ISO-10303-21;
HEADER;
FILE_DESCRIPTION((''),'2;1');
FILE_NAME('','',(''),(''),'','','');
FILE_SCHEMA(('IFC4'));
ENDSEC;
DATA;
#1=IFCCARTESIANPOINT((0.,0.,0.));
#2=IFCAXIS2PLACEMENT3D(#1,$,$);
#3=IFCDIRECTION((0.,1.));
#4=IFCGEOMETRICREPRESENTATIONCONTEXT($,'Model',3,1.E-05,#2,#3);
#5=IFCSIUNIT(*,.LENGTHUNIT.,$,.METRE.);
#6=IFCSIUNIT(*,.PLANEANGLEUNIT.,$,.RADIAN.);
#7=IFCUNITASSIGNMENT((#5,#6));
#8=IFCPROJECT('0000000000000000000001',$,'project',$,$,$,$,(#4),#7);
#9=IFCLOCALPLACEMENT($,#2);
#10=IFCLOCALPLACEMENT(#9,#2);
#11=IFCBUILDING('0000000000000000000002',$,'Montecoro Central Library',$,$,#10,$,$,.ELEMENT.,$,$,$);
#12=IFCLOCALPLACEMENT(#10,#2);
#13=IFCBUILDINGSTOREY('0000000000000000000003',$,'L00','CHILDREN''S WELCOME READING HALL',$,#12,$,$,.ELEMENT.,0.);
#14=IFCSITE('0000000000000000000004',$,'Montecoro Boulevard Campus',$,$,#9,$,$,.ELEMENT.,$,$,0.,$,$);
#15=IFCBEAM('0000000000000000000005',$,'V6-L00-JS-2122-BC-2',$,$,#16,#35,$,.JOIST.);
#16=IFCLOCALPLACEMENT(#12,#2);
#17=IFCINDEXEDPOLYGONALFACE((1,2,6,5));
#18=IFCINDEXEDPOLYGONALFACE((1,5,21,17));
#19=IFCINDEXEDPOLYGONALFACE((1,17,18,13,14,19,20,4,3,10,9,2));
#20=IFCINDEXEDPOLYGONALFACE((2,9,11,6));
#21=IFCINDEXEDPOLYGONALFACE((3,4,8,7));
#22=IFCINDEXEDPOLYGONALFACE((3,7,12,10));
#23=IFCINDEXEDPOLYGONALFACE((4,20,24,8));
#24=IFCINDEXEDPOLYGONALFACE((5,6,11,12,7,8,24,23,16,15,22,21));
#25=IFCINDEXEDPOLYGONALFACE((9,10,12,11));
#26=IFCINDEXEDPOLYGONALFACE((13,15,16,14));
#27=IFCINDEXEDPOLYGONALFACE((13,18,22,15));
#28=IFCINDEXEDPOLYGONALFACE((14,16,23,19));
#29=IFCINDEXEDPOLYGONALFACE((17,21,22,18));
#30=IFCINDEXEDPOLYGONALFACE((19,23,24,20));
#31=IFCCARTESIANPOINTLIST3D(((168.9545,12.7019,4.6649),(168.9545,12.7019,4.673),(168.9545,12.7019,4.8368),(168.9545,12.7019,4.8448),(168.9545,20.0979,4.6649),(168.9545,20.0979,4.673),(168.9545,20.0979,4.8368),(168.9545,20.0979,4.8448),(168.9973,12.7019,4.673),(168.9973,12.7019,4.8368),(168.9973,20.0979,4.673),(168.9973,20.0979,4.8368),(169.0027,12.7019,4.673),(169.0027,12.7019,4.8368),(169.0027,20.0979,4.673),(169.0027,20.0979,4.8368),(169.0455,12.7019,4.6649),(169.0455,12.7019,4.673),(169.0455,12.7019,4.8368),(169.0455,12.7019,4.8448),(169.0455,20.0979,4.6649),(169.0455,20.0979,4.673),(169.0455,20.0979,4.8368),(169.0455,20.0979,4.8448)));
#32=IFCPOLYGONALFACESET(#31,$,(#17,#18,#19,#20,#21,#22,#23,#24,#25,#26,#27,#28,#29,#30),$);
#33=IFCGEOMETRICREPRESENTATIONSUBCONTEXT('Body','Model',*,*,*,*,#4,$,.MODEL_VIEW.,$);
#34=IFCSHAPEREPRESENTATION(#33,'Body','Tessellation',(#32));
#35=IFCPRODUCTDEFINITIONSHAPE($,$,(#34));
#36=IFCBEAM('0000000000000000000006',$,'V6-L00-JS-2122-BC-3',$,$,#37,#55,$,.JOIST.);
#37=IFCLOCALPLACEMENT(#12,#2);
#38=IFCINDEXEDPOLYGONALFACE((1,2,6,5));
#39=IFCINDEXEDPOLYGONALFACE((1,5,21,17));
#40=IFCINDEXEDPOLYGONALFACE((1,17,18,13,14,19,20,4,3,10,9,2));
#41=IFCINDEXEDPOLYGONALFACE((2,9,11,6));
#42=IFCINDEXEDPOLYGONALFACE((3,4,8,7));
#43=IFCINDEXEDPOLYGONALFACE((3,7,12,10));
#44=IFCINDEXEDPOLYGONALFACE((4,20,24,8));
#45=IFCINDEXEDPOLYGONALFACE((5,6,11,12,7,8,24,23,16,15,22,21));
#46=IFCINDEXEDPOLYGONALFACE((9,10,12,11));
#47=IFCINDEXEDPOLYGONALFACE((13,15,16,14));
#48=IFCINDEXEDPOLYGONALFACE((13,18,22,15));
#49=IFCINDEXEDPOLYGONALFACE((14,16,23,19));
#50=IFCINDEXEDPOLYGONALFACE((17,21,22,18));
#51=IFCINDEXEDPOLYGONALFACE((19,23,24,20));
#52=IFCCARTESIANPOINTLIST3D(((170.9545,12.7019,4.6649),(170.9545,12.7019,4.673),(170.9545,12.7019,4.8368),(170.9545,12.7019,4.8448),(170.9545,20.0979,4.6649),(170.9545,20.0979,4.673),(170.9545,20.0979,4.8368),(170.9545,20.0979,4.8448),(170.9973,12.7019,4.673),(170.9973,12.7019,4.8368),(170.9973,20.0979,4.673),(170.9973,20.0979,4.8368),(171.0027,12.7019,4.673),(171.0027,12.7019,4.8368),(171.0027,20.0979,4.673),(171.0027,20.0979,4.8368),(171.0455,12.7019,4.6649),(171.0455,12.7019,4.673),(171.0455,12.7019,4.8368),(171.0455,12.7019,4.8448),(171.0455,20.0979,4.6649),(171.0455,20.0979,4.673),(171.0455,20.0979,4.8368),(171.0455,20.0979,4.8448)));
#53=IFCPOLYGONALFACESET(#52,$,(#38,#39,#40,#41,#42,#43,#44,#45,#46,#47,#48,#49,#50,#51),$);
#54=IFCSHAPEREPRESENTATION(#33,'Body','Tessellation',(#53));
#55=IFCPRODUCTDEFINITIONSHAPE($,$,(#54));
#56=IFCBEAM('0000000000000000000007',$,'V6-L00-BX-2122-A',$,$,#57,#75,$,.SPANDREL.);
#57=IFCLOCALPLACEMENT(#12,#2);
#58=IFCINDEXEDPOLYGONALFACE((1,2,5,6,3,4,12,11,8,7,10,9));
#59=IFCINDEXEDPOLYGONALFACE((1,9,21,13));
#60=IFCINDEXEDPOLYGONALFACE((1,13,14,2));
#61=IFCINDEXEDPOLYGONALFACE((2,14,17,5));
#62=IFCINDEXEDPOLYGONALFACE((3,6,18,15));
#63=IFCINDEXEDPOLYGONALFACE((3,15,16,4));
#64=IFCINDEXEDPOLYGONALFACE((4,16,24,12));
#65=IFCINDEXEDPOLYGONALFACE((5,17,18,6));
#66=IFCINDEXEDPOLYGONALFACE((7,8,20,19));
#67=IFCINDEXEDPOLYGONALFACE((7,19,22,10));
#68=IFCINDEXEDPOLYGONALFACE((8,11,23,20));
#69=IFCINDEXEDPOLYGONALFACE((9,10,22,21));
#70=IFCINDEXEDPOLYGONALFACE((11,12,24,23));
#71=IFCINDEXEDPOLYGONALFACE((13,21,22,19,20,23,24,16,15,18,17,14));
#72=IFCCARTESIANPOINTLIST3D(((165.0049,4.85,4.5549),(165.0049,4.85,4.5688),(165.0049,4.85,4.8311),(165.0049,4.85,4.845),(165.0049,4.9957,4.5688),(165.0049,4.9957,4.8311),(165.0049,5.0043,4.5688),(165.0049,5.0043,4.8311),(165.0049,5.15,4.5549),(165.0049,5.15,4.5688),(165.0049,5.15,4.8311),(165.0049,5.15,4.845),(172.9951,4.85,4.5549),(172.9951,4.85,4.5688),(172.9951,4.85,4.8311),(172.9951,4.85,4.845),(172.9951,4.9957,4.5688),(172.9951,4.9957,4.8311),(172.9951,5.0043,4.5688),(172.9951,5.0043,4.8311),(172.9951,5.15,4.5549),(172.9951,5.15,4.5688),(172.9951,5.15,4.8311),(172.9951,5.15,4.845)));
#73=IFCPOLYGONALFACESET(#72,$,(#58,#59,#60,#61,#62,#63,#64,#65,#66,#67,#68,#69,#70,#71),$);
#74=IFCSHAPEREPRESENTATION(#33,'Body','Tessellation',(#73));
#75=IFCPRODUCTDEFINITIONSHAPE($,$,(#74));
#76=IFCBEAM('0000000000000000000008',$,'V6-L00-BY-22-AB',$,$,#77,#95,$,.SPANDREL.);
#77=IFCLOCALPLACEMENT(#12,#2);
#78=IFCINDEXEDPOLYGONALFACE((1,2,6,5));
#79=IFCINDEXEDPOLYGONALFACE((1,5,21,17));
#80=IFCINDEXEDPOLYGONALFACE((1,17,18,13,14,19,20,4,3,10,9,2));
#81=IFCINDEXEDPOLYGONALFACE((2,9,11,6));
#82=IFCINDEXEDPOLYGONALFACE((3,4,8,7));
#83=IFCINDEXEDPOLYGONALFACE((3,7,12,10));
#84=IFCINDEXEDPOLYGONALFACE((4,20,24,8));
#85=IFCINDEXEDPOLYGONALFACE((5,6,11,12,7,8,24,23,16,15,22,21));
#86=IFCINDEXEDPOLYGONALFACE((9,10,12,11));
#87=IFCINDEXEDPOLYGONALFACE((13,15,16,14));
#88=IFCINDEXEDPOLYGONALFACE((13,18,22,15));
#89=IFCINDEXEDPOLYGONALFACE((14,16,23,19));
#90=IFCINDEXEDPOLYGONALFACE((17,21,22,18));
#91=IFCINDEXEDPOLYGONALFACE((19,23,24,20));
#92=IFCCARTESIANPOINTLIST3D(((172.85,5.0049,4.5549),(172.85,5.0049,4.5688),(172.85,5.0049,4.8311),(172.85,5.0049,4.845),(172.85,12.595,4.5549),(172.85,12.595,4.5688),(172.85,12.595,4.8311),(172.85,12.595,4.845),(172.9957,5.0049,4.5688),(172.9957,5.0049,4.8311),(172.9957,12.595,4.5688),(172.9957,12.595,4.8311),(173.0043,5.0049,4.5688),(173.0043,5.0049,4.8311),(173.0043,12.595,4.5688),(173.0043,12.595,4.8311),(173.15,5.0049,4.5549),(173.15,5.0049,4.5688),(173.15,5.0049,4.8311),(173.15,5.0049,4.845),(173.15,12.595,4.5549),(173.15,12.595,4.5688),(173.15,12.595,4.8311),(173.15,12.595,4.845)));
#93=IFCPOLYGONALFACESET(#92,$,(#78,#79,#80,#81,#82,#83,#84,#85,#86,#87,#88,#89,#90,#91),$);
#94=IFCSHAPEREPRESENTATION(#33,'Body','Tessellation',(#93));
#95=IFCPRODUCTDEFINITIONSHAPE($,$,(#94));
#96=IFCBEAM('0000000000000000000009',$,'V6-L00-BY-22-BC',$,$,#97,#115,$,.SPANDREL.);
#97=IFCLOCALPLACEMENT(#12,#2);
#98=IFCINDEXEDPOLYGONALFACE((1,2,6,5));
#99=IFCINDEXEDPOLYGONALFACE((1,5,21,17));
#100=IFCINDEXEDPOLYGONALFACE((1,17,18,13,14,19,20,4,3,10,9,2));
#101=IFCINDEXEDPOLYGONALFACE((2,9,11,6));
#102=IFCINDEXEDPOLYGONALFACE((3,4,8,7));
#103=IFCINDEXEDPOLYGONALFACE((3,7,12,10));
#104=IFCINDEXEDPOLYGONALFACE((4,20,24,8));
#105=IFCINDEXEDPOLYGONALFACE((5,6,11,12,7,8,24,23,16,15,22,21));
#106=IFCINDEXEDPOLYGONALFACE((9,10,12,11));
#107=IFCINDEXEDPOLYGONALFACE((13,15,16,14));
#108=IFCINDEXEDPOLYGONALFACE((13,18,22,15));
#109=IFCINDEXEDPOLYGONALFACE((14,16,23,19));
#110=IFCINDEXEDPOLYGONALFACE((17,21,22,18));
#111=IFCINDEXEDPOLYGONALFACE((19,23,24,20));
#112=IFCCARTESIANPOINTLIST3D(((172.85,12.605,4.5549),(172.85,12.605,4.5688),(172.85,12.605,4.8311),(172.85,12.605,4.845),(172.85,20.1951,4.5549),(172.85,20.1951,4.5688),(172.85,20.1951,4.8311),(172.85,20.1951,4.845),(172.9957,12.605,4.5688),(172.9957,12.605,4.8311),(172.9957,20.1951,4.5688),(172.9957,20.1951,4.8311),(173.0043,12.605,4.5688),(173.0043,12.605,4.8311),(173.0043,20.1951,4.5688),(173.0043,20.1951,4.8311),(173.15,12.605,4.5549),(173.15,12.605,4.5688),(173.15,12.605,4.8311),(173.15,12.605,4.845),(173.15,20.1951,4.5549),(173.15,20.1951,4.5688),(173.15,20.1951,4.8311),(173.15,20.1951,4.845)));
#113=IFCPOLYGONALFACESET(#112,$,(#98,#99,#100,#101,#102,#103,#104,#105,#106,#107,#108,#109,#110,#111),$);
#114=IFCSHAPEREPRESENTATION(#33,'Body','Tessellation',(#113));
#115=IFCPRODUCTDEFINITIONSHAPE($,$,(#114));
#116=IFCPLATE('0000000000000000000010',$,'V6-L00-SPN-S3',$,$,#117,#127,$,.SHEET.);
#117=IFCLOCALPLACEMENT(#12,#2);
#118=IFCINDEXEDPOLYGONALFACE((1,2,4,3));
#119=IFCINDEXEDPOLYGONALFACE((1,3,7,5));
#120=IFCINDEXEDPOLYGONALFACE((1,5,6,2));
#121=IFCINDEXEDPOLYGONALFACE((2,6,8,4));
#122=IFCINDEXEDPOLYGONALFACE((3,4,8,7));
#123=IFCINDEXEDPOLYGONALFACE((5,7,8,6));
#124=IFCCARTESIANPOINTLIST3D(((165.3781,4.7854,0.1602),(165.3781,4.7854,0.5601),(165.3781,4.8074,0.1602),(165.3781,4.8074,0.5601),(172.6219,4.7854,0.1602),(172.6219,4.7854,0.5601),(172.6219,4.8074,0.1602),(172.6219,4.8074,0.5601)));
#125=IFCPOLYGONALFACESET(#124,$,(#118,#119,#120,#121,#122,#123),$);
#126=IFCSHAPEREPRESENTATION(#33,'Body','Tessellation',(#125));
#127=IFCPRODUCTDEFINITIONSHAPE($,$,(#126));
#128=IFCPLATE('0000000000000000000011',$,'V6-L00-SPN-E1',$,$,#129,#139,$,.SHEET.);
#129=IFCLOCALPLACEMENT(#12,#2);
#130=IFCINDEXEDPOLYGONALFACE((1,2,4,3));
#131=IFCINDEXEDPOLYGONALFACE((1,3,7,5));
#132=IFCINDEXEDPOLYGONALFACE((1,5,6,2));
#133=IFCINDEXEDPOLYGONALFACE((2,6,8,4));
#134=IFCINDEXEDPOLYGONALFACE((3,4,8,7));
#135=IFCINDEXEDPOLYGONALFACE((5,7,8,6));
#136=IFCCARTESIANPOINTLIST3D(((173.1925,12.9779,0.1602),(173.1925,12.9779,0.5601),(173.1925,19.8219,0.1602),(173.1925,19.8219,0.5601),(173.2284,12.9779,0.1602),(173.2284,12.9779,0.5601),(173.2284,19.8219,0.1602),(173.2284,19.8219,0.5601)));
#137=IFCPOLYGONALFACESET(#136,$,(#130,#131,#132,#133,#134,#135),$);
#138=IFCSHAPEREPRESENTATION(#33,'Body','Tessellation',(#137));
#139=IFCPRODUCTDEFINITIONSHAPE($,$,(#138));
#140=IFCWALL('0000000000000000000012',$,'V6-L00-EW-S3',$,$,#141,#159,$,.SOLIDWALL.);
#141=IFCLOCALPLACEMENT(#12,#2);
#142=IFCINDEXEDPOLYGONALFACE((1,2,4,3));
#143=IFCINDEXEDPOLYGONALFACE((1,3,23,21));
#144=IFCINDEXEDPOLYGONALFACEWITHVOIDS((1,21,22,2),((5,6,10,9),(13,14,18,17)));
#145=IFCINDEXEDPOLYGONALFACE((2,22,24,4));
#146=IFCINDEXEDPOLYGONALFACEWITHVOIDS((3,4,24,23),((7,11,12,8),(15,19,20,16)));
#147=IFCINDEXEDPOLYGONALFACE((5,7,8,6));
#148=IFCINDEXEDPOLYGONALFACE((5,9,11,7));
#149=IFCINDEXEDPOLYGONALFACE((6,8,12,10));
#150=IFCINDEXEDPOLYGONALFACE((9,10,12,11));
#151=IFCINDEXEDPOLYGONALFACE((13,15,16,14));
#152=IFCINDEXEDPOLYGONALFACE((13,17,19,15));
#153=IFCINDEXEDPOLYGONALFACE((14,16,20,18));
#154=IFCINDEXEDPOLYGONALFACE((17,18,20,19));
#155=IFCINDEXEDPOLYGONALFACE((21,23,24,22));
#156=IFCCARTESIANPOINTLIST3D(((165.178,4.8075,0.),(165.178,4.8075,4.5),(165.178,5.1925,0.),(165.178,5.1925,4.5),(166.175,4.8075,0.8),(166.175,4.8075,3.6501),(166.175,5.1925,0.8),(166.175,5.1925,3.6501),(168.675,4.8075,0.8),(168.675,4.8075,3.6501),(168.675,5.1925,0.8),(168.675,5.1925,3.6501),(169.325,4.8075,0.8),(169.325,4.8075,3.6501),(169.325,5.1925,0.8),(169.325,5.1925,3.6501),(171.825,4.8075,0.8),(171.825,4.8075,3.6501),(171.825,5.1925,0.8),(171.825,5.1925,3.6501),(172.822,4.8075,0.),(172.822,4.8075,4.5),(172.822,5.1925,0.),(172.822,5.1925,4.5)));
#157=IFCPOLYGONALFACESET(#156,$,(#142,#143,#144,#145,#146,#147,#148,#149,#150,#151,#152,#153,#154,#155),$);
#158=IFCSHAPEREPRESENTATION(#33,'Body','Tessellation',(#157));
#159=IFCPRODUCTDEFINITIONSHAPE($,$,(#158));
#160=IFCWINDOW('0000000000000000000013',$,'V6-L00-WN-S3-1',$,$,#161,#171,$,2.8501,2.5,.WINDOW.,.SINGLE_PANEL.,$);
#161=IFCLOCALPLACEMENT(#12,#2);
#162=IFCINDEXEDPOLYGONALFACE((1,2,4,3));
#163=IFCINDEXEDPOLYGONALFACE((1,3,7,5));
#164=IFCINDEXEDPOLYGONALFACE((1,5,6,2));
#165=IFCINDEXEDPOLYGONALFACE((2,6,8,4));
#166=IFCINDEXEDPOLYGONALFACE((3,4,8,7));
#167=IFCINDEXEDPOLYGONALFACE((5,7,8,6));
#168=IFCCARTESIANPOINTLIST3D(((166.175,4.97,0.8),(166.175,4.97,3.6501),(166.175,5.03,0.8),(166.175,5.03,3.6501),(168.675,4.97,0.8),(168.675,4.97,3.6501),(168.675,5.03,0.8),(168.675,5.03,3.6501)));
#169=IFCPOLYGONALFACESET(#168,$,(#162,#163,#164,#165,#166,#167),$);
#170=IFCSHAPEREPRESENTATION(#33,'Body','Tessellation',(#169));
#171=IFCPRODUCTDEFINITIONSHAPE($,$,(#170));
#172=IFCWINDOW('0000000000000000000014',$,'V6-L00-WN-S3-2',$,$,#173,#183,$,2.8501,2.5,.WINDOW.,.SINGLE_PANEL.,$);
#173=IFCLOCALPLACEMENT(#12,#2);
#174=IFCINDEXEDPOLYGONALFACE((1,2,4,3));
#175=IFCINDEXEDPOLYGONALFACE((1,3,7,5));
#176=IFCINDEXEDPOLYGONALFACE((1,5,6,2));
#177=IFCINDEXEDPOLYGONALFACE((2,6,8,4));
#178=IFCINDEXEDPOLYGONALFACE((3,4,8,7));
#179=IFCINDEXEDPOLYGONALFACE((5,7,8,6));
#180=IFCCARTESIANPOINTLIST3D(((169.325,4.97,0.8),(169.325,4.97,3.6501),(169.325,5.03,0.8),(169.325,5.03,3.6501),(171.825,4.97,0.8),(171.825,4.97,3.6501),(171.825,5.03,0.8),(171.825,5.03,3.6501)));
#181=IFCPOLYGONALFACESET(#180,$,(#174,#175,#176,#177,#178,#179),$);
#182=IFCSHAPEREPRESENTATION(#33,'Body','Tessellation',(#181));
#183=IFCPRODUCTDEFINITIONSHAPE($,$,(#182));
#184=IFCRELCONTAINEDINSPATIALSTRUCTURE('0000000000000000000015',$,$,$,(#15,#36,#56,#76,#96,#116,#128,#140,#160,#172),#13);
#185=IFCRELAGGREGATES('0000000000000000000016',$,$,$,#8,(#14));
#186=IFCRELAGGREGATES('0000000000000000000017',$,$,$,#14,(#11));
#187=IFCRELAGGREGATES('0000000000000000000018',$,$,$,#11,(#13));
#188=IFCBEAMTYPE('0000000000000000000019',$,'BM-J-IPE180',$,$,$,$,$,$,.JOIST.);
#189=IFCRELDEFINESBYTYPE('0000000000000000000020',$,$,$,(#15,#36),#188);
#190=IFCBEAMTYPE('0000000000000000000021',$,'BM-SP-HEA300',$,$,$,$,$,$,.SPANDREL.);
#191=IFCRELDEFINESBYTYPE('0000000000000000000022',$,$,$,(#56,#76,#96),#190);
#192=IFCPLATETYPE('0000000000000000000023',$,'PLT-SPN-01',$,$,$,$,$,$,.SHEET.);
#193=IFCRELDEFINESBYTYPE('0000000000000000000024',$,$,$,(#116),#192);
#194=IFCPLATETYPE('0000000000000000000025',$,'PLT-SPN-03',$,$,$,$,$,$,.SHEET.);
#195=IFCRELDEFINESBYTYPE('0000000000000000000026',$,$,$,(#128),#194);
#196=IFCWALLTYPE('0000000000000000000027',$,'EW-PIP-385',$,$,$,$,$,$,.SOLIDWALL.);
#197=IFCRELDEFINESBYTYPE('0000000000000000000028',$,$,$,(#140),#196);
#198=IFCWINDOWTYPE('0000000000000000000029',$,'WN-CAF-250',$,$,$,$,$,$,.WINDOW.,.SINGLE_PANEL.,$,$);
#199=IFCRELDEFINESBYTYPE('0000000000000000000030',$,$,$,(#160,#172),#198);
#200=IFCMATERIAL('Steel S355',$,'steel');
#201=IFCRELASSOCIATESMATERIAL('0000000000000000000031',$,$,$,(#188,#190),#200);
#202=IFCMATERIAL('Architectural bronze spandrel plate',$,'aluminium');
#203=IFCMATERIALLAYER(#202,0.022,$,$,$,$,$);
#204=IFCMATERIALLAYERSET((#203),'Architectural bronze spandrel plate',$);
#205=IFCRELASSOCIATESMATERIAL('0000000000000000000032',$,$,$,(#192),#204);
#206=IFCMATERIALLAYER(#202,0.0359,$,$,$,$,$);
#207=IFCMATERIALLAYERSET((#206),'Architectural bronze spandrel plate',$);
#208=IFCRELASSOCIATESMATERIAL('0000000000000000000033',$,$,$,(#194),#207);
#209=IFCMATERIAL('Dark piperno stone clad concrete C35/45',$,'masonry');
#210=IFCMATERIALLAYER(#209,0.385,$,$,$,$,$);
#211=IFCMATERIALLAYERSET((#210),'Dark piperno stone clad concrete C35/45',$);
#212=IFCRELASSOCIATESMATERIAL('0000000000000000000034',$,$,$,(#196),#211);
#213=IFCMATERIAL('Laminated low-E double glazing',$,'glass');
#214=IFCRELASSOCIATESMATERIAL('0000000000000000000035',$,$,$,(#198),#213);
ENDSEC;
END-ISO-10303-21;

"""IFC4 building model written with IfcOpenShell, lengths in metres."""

from ifc_helpers import new_model, si_unit, direction, frame, frame_2d, origin, origin_2d, place, context, subcontext, project, spatial, rectangle, i_section, extrude, material, layer, layer_set, material_profile, profile_set, type_object, element, fill, save


model = new_model("IFC4")

# Units and contexts
model_context = context("Model", 3, precision=1e-05, world=origin(), true_north=direction((0.0, 1.0)))
body_context = subcontext(model_context, "Body", "Model", "MODEL_VIEW")
ifc_project = project(units=[si_unit("LENGTHUNIT", "METRE"), si_unit("PLANEANGLEUNIT", "RADIAN")], contexts=[model_context])

# Site, building, storey
site_placement = place(None, origin())
site = spatial("IfcSite", under=ifc_project, at=site_placement, Name="Montecoro Boulevard Campus", CompositionType="ELEMENT", RefElevation=0.0)
building_placement = place(site_placement, origin())
building = spatial("IfcBuilding", under=site, at=building_placement, Name="Montecoro Central Library", CompositionType="ELEMENT")
storey_placement = place(building_placement, origin())
storey = spatial("IfcBuildingStorey", under=building, at=storey_placement, Name="L00", Description="CHILDREN'S WELCOME READING HALL", CompositionType="ELEMENT", Elevation=0.0)

# Shared definitions
ifc_material_1 = material(Name="Steel S355", Category="steel")

# Beams
ifc_material_profile_1 = material_profile(ifc_material_1, i_section(OverallWidth=0.0911, OverallDepth=0.1799, WebThickness=0.0054, FlangeThickness=0.0081, at=origin_2d()), Name="IPE 180")
ifc_profile_set_1 = profile_set([ifc_material_profile_1], Name="Steel S355")
beam_type_1 = type_object("IfcBeamType", Name="BM-J-IPE180", PredefinedType="JOIST", material=ifc_profile_set_1)
for number, where, z_axis, x_axis, name in (
    (1, (169.0, 12.7019, 4.7549), (0.0, 1.0, 0.0), (-1.0, 0.0, 0.0), "V6-L00-JS-2122-BC-2"),
    (2, (171.0, 12.7019, 4.7549), (0.0, 1.0, 0.0), (-1.0, 0.0, 0.0), "V6-L00-JS-2122-BC-3"),
):
    element("IfcBeam", number, at=place(storey_placement, frame(where, z_axis=z_axis, x_axis=x_axis)), inside=storey, type_object=beam_type_1, Name=name, PredefinedType="JOIST", context=body_context, shape_type="SweptSolid", body=[
        extrude(i_section(OverallWidth=0.0911, OverallDepth=0.1799, WebThickness=0.0054, FlangeThickness=0.0081, at=origin_2d()), origin(), (0.0, 0.0, 1.0), 7.396),
    ])
ifc_material_profile_2 = material_profile(ifc_material_1, i_section(OverallWidth=0.3, OverallDepth=0.29, WebThickness=0.0085, FlangeThickness=0.0139, at=origin_2d()), Name="HEA 300")
ifc_profile_set_2 = profile_set([ifc_material_profile_2], Name="Steel S355")
beam_type_2 = type_object("IfcBeamType", Name="BM-SP-HEA300", PredefinedType="SPANDREL", material=ifc_profile_set_2)
beam_1_placement = place(storey_placement, frame((165.0049, 5.0, 4.7), z_axis=(1.0, 0.0, 0.0), x_axis=(0.0, 1.0, 0.0)))
element("IfcBeam", 3, at=beam_1_placement, inside=storey, type_object=beam_type_2, Name="V6-L00-BX-2122-A", PredefinedType="SPANDREL", context=body_context, shape_type="SweptSolid", body=[
    extrude(i_section(OverallWidth=0.3, OverallDepth=0.29, WebThickness=0.0085, FlangeThickness=0.0139, at=origin_2d()), origin(), (0.0, 0.0, 1.0), 7.9902),
])
for number, where, z_axis, x_axis, name in (
    (4, (173.0, 5.0049, 4.7), (0.0, 1.0, 0.0), (-1.0, 0.0, 0.0), "V6-L00-BY-22-AB"),
    (5, (173.0, 12.605, 4.7), (0.0, 1.0, 0.0), (-1.0, 0.0, 0.0), "V6-L00-BY-22-BC"),
):
    element("IfcBeam", number, at=place(storey_placement, frame(where, z_axis=z_axis, x_axis=x_axis)), inside=storey, type_object=beam_type_2, Name=name, PredefinedType="SPANDREL", context=body_context, shape_type="SweptSolid", body=[
        extrude(i_section(OverallWidth=0.3, OverallDepth=0.29, WebThickness=0.0085, FlangeThickness=0.0139, at=origin_2d()), origin(), (0.0, 0.0, 1.0), 7.5901),
    ])

# Plates
ifc_material_2 = material(Name="Architectural bronze spandrel plate", Category="aluminium")
ifc_layer_1 = layer(ifc_material_2, 0.022)
ifc_layer_set_1 = layer_set([ifc_layer_1], Name="Architectural bronze spandrel plate")
plate_type_1 = type_object("IfcPlateType", Name="PLT-SPN-01", PredefinedType="SHEET", material=ifc_layer_set_1)
plate_1_placement = place(storey_placement, frame((169.0, 4.7964, 0.1602), z_axis=(0.0, 0.0, 1.0), x_axis=(1.0, 0.0, 0.0)))
element("IfcPlate", 6, at=plate_1_placement, inside=storey, type_object=plate_type_1, Name="V6-L00-SPN-S3", PredefinedType="SHEET", context=body_context, shape_type="SweptSolid", body=[
    extrude(rectangle(XDim=7.2439, YDim=0.022, at=origin_2d()), origin(), (0.0, 0.0, 1.0), 0.3999),
])
ifc_layer_2 = layer(ifc_material_2, 0.0359)
ifc_layer_set_2 = layer_set([ifc_layer_2], Name="Architectural bronze spandrel plate")
plate_type_2 = type_object("IfcPlateType", Name="PLT-SPN-03", PredefinedType="SHEET", material=ifc_layer_set_2)
plate_2_placement = place(storey_placement, frame((173.2104, 16.3999, 0.1602), z_axis=(0.0, 0.0, 1.0), x_axis=(0.0, 1.0, 0.0)))
element("IfcPlate", 7, at=plate_2_placement, inside=storey, type_object=plate_type_2, Name="V6-L00-SPN-E1", PredefinedType="SHEET", context=body_context, shape_type="SweptSolid", body=[
    extrude(rectangle(XDim=6.844, YDim=0.0359, at=origin_2d()), origin(), (0.0, 0.0, 1.0), 0.3999),
])

# Wall, openings, windows
ifc_material_3 = material(Name="Dark piperno stone clad concrete C35/45", Category="masonry")
ifc_layer_3 = layer(ifc_material_3, 0.385)
ifc_layer_set_3 = layer_set([ifc_layer_3], Name="Dark piperno stone clad concrete C35/45")
wall_type_1 = type_object("IfcWallType", Name="EW-PIP-385", PredefinedType="SOLIDWALL", material=ifc_layer_set_3)
wall_1_placement = place(storey_placement, frame((165.178, 5.0, 0.0), z_axis=(0.0, 0.0, 1.0), x_axis=(1.0, 0.0, 0.0)))
wall_1 = element("IfcWall", 8, at=wall_1_placement, inside=storey, type_object=wall_type_1, Name="V6-L00-EW-S3", PredefinedType="SOLIDWALL", context=body_context, shape_type="SweptSolid", body=[
    extrude(rectangle(XDim=7.644, YDim=0.385, at=frame_2d((3.822, 0.0))), origin(), (0.0, 0.0, 1.0), 4.5),
])
opening_1_placement = place(wall_1_placement, frame((0.9971, 0.0, 0.8)))
opening_1 = element("IfcOpeningElement", 9, at=opening_1_placement, cuts=wall_1, PredefinedType="OPENING", context=body_context, shape_type="SweptSolid", body=[
    extrude(rectangle(XDim=2.5, YDim=2.8501, at=frame_2d((1.25, 1.425))), frame((0.0, 0.2024, 0.0), z_axis=(0.0, -1.0, 0.0), x_axis=(1.0, 0.0, 0.0)), (0.0, 0.0, 1.0), 0.405),
])
opening_2_placement = place(wall_1_placement, frame((4.147, 0.0, 0.8)))
opening_2 = element("IfcOpeningElement", 10, at=opening_2_placement, cuts=wall_1, PredefinedType="OPENING", context=body_context, shape_type="SweptSolid", body=[
    extrude(rectangle(XDim=2.5, YDim=2.8501, at=frame_2d((1.25, 1.425))), frame((0.0, 0.2024, 0.0), z_axis=(0.0, -1.0, 0.0), x_axis=(1.0, 0.0, 0.0)), (0.0, 0.0, 1.0), 0.405),
])
ifc_material_4 = material(Name="Laminated low-E double glazing", Category="glass")
window_type_1 = type_object("IfcWindowType", Name="WN-CAF-250", PartitioningType="SINGLE_PANEL", PredefinedType="WINDOW", material=ifc_material_4)
window_1_placement = place(opening_1_placement, origin())
window_1 = element("IfcWindow", 11, at=window_1_placement, inside=storey, type_object=window_type_1, Name="V6-L00-WN-S3-1", OverallHeight=2.8501, OverallWidth=2.5, PartitioningType="SINGLE_PANEL", PredefinedType="WINDOW", context=body_context, shape_type="SweptSolid", body=[
    extrude(rectangle(XDim=2.5, YDim=2.8501, at=frame_2d((1.25, 1.425))), frame((0.0, 0.03, 0.0), z_axis=(0.0, -1.0, 0.0), x_axis=(1.0, 0.0, 0.0)), (0.0, 0.0, 1.0), 0.0601),
])
fill(opening_1, window_1)
window_2_placement = place(opening_2_placement, origin())
window_2 = element("IfcWindow", 12, at=window_2_placement, inside=storey, type_object=window_type_1, Name="V6-L00-WN-S3-2", OverallHeight=2.8501, OverallWidth=2.5, PartitioningType="SINGLE_PANEL", PredefinedType="WINDOW", context=body_context, shape_type="SweptSolid", body=[
    extrude(rectangle(XDim=2.5, YDim=2.8501, at=frame_2d((1.25, 1.425))), frame((0.0, 0.03, 0.0), z_axis=(0.0, -1.0, 0.0), x_axis=(1.0, 0.0, 0.0)), (0.0, 0.0, 1.0), 0.0601),
])
fill(opening_2, window_2)

save(model, "model.ifc")
